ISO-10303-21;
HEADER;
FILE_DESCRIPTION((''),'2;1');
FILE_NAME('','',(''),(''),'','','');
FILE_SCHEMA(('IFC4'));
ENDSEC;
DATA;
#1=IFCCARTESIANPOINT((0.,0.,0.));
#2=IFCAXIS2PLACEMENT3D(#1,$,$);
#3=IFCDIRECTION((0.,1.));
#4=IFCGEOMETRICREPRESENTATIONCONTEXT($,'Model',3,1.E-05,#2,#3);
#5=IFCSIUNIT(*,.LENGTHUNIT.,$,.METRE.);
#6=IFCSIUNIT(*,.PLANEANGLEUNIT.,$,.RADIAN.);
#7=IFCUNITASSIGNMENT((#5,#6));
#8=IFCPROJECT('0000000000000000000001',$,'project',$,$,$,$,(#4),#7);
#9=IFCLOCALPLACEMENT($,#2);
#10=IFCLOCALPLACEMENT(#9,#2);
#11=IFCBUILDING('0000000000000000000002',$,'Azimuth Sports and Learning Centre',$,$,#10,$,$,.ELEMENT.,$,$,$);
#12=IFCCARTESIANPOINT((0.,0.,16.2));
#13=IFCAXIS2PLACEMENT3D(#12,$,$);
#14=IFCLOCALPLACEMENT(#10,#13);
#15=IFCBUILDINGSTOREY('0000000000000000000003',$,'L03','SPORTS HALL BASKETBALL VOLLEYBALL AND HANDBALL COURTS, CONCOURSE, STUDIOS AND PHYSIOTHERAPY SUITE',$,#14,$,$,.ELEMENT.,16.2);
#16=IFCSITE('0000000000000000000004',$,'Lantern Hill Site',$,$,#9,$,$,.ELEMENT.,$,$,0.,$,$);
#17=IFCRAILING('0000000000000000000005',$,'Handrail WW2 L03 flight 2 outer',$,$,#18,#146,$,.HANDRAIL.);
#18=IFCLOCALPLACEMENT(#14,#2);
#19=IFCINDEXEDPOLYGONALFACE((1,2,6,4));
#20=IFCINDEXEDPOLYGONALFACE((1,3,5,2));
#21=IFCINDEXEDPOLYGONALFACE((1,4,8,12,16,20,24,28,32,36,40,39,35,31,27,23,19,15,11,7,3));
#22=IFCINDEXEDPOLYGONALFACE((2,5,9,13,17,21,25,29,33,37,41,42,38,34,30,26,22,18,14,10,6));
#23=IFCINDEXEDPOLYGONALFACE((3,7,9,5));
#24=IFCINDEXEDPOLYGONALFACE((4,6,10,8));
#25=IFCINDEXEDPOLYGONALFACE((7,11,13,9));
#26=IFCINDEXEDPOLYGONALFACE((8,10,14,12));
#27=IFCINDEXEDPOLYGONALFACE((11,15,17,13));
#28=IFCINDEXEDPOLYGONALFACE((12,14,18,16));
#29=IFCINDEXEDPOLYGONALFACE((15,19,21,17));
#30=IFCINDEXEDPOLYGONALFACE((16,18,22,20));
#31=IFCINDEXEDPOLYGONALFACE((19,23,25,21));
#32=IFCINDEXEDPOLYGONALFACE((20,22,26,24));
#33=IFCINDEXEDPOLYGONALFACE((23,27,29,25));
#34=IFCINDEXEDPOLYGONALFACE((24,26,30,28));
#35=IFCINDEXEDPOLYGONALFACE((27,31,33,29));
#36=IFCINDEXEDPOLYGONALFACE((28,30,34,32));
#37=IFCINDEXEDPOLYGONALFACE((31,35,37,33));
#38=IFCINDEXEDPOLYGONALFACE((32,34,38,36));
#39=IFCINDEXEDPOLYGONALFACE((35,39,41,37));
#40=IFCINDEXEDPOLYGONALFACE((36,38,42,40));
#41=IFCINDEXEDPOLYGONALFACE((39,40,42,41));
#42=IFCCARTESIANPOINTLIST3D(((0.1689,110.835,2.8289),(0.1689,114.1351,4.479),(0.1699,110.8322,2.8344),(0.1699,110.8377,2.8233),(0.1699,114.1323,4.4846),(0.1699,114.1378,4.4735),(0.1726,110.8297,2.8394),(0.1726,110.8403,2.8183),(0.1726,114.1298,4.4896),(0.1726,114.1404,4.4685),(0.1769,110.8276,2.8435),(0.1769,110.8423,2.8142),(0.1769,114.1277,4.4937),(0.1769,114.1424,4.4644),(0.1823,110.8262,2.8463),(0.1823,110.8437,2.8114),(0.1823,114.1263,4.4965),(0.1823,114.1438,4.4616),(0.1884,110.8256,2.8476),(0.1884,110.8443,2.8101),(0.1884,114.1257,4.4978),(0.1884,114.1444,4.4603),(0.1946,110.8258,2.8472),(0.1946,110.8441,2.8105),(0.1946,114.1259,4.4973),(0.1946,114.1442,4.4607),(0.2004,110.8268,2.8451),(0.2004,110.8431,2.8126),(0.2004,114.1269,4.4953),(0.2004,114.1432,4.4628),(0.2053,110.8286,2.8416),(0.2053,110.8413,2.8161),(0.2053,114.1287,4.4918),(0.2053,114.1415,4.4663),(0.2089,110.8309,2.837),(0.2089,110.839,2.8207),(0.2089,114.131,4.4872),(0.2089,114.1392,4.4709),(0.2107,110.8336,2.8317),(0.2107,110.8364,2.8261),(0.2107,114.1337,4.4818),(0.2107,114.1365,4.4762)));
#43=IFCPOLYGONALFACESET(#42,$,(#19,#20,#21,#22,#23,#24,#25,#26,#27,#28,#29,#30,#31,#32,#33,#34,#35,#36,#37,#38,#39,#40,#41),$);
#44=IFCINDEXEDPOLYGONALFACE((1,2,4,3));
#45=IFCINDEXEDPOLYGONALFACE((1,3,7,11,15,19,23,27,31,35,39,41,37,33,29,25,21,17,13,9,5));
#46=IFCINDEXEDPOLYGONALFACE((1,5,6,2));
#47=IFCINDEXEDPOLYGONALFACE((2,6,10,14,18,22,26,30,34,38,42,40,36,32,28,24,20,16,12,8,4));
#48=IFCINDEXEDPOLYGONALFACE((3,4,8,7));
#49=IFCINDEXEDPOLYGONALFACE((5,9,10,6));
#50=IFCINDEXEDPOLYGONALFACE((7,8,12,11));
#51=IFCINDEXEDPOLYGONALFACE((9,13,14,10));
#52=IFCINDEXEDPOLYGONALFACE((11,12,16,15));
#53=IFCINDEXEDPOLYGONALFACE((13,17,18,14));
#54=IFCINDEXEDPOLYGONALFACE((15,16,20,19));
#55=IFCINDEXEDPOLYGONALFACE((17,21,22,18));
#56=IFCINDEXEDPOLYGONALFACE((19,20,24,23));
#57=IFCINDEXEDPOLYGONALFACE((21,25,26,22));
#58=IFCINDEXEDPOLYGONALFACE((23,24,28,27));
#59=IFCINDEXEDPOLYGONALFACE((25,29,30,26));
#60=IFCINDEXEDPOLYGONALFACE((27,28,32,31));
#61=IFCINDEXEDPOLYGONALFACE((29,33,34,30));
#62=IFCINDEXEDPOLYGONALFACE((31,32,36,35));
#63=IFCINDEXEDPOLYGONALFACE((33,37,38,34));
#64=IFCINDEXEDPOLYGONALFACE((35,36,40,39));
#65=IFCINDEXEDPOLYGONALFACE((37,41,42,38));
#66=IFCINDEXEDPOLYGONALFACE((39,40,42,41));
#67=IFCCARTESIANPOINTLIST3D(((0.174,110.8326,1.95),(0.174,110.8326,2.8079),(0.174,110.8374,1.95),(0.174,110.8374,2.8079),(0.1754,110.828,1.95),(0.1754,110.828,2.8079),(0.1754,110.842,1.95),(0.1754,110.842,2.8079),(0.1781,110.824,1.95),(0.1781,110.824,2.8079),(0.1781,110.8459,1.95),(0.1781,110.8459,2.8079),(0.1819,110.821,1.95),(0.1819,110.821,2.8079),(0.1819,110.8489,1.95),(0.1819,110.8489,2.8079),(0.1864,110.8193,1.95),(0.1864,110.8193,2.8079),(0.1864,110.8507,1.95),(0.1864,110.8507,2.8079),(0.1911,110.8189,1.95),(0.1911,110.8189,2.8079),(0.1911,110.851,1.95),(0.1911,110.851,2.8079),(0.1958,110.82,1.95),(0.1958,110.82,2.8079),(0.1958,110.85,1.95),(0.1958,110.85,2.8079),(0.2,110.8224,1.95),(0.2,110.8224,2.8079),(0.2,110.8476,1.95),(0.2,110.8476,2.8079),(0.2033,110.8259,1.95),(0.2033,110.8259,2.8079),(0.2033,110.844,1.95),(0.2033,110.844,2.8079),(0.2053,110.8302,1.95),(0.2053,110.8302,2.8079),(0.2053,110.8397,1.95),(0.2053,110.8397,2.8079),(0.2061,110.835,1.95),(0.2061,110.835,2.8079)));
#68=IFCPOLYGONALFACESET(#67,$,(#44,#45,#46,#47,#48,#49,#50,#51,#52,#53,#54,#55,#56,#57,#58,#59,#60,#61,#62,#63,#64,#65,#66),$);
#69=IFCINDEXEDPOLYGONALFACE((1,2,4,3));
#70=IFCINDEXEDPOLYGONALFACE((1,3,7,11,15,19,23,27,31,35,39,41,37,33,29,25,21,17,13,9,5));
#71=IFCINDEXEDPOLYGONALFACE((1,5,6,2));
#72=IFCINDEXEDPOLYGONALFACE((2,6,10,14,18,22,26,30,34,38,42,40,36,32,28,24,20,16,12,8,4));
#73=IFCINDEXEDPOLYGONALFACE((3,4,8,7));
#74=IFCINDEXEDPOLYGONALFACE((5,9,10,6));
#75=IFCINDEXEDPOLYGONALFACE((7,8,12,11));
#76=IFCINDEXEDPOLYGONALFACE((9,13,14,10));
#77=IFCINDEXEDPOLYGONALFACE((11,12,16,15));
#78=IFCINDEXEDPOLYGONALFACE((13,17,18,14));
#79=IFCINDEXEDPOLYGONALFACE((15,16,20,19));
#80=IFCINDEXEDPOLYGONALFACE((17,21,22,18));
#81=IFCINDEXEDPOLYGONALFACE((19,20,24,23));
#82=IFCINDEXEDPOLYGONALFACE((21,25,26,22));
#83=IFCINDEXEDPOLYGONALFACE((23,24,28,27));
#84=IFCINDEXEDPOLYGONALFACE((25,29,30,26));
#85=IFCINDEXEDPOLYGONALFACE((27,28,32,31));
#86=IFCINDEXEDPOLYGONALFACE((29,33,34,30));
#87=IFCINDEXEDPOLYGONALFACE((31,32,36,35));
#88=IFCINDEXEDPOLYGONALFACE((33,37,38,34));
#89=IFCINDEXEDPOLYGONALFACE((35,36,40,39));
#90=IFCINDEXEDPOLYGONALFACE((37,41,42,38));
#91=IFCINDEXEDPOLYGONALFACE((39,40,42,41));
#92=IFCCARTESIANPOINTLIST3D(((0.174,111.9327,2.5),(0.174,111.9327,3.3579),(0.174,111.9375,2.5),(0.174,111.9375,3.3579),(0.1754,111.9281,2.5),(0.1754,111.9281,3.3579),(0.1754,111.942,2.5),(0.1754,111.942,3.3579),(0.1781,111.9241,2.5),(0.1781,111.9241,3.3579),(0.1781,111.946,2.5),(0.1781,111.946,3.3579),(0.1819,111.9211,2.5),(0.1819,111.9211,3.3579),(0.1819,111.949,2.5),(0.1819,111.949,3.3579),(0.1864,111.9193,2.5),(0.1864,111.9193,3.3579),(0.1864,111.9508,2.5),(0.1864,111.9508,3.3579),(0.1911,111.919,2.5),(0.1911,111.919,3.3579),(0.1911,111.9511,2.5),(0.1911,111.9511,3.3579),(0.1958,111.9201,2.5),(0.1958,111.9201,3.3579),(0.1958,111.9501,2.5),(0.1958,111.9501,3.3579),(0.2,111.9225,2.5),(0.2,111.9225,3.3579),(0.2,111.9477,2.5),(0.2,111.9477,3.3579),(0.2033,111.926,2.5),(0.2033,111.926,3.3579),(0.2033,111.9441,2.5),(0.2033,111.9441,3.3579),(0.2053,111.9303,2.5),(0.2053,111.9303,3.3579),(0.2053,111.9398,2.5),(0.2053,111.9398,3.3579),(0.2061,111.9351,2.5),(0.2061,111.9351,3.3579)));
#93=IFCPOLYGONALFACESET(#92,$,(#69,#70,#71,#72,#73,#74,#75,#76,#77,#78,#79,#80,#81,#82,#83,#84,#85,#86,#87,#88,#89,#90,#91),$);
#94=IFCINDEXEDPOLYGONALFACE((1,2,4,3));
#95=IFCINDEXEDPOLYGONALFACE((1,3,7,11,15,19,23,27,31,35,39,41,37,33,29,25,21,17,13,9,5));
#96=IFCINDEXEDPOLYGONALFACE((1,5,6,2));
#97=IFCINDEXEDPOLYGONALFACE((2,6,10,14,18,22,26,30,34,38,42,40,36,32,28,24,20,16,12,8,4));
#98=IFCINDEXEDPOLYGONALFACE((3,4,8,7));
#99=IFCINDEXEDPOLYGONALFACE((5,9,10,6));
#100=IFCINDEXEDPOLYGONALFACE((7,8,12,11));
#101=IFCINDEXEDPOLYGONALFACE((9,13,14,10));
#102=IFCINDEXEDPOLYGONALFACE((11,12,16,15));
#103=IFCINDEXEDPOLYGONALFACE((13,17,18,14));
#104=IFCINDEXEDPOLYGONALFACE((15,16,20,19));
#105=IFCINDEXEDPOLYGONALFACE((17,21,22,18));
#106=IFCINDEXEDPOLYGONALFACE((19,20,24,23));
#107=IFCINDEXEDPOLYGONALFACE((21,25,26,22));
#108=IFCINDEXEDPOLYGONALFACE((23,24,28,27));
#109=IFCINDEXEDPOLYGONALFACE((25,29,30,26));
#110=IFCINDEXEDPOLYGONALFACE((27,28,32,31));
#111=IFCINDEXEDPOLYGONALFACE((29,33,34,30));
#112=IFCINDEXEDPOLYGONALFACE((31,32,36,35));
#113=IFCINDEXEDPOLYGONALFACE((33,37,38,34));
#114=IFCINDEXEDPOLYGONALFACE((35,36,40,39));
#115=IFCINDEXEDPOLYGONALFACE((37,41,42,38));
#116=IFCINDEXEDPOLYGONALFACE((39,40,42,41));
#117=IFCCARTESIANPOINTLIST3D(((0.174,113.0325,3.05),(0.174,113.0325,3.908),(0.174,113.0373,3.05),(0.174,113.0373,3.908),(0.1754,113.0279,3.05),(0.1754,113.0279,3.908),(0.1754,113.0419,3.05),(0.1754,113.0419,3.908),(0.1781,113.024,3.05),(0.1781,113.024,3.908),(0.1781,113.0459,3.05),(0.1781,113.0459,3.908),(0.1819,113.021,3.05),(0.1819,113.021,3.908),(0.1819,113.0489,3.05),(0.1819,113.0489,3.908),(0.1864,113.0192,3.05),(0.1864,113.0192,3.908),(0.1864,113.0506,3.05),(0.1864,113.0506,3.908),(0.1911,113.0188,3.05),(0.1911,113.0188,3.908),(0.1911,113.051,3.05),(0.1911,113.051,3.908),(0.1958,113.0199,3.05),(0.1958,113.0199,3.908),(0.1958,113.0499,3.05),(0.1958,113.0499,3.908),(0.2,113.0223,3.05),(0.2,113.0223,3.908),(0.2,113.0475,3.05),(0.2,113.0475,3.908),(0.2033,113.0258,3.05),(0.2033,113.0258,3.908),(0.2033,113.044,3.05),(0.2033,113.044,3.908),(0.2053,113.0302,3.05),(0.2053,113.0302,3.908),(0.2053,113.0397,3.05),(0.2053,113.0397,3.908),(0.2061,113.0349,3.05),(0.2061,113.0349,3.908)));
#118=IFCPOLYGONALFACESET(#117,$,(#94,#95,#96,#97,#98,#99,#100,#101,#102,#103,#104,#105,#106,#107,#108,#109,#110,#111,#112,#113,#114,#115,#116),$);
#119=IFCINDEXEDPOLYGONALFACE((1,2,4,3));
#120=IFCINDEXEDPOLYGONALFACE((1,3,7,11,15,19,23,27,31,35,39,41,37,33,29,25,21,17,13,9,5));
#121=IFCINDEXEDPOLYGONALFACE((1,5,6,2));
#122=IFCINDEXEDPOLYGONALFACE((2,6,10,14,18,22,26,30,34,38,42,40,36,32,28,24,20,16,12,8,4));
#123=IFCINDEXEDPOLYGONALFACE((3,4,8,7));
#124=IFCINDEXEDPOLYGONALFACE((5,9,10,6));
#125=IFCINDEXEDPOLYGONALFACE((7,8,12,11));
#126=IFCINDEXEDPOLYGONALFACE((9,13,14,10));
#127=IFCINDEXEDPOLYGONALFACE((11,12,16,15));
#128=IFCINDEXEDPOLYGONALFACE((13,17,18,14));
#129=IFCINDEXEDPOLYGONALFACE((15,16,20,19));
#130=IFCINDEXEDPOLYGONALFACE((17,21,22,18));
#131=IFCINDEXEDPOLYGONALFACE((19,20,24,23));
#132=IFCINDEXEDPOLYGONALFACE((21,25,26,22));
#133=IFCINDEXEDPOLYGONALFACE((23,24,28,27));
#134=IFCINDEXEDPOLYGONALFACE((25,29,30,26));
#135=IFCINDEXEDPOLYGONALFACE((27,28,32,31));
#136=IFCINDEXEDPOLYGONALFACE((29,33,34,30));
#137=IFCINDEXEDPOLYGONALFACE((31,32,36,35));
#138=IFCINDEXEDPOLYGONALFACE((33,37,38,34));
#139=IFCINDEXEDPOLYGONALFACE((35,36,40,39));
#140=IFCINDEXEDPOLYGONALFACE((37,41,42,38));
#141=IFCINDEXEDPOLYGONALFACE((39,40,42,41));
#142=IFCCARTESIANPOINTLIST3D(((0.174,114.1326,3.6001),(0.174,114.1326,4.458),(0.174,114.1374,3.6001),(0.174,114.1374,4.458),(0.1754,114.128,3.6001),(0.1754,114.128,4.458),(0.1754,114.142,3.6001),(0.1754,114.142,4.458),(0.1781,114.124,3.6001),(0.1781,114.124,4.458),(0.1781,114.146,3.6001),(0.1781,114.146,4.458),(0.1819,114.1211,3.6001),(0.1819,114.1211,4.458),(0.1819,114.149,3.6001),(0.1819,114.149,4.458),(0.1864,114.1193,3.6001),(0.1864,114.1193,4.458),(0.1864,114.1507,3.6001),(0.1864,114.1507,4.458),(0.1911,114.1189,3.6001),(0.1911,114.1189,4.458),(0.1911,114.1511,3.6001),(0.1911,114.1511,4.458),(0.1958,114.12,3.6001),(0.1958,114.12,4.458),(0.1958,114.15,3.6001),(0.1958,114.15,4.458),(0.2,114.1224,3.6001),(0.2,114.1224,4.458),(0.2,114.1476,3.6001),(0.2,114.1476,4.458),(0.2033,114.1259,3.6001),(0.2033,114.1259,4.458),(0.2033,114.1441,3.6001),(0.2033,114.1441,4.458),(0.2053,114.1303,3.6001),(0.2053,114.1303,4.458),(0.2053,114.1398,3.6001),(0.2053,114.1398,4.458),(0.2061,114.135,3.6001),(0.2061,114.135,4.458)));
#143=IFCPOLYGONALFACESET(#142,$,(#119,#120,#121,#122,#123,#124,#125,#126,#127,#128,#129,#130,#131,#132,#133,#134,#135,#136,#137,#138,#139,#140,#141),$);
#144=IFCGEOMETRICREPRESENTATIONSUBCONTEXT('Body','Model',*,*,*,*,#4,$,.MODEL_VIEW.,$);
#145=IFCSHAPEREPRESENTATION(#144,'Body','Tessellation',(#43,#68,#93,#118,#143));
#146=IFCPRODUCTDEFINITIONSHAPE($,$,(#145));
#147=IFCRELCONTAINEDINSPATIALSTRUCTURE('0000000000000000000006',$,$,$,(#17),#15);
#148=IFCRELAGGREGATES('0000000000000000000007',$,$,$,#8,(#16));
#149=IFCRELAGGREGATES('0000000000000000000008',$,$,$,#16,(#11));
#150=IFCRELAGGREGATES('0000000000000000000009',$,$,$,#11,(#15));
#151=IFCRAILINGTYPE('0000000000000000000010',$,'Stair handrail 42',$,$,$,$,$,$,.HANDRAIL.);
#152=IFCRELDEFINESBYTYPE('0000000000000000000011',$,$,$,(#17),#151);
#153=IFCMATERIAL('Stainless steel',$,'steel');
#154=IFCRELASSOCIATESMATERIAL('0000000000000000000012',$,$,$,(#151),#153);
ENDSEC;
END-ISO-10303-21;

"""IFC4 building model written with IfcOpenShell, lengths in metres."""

from ifc_helpers import new_model, si_unit, direction, frame, origin, origin_2d, place, context, subcontext, project, spatial, circle, extrude, material, type_object, element, save


model = new_model("IFC4")

# Units and contexts
model_context = context("Model", 3, precision=1e-05, world=origin(), true_north=direction((0.0, 1.0)))
body_context = subcontext(model_context, "Body", "Model", "MODEL_VIEW")
ifc_project = project(units=[si_unit("LENGTHUNIT", "METRE"), si_unit("PLANEANGLEUNIT", "RADIAN")], contexts=[model_context])

# Site, building, storey
site_placement = place(None, origin())
site = spatial("IfcSite", under=ifc_project, at=site_placement, Name="Lantern Hill Site", CompositionType="ELEMENT", RefElevation=0.0)
building_placement = place(site_placement, origin())
building = spatial("IfcBuilding", under=site, at=building_placement, Name="Azimuth Sports and Learning Centre", CompositionType="ELEMENT")
storey_placement = place(building_placement, frame((0.0, 0.0, 16.2)))
storey = spatial("IfcBuildingStorey", under=building, at=storey_placement, Name="L03", Description="SPORTS HALL BASKETBALL VOLLEYBALL AND HANDBALL COURTS, CONCOURSE, STUDIOS AND PHYSIOTHERAPY SUITE", CompositionType="ELEMENT", Elevation=16.2)

# Railing
ifc_material_1 = material(Name="Stainless steel", Category="steel")
railing_type_1 = type_object("IfcRailingType", Name="Stair handrail 42", PredefinedType="HANDRAIL", material=ifc_material_1)
for number, where, name in (
    (1, (0.1899, 110.835, 1.95), "Handrail WW2 L03 flight 2 outer"),
):
    element("IfcRailing", number, at=place(storey_placement, frame(where)), inside=storey, type_object=railing_type_1, Name=name, PredefinedType="HANDRAIL", context=body_context, shape_type="SweptSolid", body=[
        extrude(circle(Radius=0.021, at=origin_2d()), frame((0.0, 0.0, 0.8789), z_axis=(0.0, 0.894414, 0.44724), x_axis=(-1.0, 0.0, 0.0)), (0.0, 0.0, 1.0), 3.6897),
        extrude(circle(Radius=0.0161, at=origin_2d()), origin(), (0.0, 0.0, 1.0), 0.8579),
        extrude(circle(Radius=0.0161, at=origin_2d()), frame((0.0, 1.1001, 0.55)), (0.0, 0.0, 1.0), 0.8579),
        extrude(circle(Radius=0.0161, at=origin_2d()), frame((0.0, 2.2, 1.1001)), (0.0, 0.0, 1.0), 0.8579),
        extrude(circle(Radius=0.0161, at=origin_2d()), frame((0.0, 3.3, 1.6501)), (0.0, 0.0, 1.0), 0.8579),
    ])

save(model, "model.ifc")
